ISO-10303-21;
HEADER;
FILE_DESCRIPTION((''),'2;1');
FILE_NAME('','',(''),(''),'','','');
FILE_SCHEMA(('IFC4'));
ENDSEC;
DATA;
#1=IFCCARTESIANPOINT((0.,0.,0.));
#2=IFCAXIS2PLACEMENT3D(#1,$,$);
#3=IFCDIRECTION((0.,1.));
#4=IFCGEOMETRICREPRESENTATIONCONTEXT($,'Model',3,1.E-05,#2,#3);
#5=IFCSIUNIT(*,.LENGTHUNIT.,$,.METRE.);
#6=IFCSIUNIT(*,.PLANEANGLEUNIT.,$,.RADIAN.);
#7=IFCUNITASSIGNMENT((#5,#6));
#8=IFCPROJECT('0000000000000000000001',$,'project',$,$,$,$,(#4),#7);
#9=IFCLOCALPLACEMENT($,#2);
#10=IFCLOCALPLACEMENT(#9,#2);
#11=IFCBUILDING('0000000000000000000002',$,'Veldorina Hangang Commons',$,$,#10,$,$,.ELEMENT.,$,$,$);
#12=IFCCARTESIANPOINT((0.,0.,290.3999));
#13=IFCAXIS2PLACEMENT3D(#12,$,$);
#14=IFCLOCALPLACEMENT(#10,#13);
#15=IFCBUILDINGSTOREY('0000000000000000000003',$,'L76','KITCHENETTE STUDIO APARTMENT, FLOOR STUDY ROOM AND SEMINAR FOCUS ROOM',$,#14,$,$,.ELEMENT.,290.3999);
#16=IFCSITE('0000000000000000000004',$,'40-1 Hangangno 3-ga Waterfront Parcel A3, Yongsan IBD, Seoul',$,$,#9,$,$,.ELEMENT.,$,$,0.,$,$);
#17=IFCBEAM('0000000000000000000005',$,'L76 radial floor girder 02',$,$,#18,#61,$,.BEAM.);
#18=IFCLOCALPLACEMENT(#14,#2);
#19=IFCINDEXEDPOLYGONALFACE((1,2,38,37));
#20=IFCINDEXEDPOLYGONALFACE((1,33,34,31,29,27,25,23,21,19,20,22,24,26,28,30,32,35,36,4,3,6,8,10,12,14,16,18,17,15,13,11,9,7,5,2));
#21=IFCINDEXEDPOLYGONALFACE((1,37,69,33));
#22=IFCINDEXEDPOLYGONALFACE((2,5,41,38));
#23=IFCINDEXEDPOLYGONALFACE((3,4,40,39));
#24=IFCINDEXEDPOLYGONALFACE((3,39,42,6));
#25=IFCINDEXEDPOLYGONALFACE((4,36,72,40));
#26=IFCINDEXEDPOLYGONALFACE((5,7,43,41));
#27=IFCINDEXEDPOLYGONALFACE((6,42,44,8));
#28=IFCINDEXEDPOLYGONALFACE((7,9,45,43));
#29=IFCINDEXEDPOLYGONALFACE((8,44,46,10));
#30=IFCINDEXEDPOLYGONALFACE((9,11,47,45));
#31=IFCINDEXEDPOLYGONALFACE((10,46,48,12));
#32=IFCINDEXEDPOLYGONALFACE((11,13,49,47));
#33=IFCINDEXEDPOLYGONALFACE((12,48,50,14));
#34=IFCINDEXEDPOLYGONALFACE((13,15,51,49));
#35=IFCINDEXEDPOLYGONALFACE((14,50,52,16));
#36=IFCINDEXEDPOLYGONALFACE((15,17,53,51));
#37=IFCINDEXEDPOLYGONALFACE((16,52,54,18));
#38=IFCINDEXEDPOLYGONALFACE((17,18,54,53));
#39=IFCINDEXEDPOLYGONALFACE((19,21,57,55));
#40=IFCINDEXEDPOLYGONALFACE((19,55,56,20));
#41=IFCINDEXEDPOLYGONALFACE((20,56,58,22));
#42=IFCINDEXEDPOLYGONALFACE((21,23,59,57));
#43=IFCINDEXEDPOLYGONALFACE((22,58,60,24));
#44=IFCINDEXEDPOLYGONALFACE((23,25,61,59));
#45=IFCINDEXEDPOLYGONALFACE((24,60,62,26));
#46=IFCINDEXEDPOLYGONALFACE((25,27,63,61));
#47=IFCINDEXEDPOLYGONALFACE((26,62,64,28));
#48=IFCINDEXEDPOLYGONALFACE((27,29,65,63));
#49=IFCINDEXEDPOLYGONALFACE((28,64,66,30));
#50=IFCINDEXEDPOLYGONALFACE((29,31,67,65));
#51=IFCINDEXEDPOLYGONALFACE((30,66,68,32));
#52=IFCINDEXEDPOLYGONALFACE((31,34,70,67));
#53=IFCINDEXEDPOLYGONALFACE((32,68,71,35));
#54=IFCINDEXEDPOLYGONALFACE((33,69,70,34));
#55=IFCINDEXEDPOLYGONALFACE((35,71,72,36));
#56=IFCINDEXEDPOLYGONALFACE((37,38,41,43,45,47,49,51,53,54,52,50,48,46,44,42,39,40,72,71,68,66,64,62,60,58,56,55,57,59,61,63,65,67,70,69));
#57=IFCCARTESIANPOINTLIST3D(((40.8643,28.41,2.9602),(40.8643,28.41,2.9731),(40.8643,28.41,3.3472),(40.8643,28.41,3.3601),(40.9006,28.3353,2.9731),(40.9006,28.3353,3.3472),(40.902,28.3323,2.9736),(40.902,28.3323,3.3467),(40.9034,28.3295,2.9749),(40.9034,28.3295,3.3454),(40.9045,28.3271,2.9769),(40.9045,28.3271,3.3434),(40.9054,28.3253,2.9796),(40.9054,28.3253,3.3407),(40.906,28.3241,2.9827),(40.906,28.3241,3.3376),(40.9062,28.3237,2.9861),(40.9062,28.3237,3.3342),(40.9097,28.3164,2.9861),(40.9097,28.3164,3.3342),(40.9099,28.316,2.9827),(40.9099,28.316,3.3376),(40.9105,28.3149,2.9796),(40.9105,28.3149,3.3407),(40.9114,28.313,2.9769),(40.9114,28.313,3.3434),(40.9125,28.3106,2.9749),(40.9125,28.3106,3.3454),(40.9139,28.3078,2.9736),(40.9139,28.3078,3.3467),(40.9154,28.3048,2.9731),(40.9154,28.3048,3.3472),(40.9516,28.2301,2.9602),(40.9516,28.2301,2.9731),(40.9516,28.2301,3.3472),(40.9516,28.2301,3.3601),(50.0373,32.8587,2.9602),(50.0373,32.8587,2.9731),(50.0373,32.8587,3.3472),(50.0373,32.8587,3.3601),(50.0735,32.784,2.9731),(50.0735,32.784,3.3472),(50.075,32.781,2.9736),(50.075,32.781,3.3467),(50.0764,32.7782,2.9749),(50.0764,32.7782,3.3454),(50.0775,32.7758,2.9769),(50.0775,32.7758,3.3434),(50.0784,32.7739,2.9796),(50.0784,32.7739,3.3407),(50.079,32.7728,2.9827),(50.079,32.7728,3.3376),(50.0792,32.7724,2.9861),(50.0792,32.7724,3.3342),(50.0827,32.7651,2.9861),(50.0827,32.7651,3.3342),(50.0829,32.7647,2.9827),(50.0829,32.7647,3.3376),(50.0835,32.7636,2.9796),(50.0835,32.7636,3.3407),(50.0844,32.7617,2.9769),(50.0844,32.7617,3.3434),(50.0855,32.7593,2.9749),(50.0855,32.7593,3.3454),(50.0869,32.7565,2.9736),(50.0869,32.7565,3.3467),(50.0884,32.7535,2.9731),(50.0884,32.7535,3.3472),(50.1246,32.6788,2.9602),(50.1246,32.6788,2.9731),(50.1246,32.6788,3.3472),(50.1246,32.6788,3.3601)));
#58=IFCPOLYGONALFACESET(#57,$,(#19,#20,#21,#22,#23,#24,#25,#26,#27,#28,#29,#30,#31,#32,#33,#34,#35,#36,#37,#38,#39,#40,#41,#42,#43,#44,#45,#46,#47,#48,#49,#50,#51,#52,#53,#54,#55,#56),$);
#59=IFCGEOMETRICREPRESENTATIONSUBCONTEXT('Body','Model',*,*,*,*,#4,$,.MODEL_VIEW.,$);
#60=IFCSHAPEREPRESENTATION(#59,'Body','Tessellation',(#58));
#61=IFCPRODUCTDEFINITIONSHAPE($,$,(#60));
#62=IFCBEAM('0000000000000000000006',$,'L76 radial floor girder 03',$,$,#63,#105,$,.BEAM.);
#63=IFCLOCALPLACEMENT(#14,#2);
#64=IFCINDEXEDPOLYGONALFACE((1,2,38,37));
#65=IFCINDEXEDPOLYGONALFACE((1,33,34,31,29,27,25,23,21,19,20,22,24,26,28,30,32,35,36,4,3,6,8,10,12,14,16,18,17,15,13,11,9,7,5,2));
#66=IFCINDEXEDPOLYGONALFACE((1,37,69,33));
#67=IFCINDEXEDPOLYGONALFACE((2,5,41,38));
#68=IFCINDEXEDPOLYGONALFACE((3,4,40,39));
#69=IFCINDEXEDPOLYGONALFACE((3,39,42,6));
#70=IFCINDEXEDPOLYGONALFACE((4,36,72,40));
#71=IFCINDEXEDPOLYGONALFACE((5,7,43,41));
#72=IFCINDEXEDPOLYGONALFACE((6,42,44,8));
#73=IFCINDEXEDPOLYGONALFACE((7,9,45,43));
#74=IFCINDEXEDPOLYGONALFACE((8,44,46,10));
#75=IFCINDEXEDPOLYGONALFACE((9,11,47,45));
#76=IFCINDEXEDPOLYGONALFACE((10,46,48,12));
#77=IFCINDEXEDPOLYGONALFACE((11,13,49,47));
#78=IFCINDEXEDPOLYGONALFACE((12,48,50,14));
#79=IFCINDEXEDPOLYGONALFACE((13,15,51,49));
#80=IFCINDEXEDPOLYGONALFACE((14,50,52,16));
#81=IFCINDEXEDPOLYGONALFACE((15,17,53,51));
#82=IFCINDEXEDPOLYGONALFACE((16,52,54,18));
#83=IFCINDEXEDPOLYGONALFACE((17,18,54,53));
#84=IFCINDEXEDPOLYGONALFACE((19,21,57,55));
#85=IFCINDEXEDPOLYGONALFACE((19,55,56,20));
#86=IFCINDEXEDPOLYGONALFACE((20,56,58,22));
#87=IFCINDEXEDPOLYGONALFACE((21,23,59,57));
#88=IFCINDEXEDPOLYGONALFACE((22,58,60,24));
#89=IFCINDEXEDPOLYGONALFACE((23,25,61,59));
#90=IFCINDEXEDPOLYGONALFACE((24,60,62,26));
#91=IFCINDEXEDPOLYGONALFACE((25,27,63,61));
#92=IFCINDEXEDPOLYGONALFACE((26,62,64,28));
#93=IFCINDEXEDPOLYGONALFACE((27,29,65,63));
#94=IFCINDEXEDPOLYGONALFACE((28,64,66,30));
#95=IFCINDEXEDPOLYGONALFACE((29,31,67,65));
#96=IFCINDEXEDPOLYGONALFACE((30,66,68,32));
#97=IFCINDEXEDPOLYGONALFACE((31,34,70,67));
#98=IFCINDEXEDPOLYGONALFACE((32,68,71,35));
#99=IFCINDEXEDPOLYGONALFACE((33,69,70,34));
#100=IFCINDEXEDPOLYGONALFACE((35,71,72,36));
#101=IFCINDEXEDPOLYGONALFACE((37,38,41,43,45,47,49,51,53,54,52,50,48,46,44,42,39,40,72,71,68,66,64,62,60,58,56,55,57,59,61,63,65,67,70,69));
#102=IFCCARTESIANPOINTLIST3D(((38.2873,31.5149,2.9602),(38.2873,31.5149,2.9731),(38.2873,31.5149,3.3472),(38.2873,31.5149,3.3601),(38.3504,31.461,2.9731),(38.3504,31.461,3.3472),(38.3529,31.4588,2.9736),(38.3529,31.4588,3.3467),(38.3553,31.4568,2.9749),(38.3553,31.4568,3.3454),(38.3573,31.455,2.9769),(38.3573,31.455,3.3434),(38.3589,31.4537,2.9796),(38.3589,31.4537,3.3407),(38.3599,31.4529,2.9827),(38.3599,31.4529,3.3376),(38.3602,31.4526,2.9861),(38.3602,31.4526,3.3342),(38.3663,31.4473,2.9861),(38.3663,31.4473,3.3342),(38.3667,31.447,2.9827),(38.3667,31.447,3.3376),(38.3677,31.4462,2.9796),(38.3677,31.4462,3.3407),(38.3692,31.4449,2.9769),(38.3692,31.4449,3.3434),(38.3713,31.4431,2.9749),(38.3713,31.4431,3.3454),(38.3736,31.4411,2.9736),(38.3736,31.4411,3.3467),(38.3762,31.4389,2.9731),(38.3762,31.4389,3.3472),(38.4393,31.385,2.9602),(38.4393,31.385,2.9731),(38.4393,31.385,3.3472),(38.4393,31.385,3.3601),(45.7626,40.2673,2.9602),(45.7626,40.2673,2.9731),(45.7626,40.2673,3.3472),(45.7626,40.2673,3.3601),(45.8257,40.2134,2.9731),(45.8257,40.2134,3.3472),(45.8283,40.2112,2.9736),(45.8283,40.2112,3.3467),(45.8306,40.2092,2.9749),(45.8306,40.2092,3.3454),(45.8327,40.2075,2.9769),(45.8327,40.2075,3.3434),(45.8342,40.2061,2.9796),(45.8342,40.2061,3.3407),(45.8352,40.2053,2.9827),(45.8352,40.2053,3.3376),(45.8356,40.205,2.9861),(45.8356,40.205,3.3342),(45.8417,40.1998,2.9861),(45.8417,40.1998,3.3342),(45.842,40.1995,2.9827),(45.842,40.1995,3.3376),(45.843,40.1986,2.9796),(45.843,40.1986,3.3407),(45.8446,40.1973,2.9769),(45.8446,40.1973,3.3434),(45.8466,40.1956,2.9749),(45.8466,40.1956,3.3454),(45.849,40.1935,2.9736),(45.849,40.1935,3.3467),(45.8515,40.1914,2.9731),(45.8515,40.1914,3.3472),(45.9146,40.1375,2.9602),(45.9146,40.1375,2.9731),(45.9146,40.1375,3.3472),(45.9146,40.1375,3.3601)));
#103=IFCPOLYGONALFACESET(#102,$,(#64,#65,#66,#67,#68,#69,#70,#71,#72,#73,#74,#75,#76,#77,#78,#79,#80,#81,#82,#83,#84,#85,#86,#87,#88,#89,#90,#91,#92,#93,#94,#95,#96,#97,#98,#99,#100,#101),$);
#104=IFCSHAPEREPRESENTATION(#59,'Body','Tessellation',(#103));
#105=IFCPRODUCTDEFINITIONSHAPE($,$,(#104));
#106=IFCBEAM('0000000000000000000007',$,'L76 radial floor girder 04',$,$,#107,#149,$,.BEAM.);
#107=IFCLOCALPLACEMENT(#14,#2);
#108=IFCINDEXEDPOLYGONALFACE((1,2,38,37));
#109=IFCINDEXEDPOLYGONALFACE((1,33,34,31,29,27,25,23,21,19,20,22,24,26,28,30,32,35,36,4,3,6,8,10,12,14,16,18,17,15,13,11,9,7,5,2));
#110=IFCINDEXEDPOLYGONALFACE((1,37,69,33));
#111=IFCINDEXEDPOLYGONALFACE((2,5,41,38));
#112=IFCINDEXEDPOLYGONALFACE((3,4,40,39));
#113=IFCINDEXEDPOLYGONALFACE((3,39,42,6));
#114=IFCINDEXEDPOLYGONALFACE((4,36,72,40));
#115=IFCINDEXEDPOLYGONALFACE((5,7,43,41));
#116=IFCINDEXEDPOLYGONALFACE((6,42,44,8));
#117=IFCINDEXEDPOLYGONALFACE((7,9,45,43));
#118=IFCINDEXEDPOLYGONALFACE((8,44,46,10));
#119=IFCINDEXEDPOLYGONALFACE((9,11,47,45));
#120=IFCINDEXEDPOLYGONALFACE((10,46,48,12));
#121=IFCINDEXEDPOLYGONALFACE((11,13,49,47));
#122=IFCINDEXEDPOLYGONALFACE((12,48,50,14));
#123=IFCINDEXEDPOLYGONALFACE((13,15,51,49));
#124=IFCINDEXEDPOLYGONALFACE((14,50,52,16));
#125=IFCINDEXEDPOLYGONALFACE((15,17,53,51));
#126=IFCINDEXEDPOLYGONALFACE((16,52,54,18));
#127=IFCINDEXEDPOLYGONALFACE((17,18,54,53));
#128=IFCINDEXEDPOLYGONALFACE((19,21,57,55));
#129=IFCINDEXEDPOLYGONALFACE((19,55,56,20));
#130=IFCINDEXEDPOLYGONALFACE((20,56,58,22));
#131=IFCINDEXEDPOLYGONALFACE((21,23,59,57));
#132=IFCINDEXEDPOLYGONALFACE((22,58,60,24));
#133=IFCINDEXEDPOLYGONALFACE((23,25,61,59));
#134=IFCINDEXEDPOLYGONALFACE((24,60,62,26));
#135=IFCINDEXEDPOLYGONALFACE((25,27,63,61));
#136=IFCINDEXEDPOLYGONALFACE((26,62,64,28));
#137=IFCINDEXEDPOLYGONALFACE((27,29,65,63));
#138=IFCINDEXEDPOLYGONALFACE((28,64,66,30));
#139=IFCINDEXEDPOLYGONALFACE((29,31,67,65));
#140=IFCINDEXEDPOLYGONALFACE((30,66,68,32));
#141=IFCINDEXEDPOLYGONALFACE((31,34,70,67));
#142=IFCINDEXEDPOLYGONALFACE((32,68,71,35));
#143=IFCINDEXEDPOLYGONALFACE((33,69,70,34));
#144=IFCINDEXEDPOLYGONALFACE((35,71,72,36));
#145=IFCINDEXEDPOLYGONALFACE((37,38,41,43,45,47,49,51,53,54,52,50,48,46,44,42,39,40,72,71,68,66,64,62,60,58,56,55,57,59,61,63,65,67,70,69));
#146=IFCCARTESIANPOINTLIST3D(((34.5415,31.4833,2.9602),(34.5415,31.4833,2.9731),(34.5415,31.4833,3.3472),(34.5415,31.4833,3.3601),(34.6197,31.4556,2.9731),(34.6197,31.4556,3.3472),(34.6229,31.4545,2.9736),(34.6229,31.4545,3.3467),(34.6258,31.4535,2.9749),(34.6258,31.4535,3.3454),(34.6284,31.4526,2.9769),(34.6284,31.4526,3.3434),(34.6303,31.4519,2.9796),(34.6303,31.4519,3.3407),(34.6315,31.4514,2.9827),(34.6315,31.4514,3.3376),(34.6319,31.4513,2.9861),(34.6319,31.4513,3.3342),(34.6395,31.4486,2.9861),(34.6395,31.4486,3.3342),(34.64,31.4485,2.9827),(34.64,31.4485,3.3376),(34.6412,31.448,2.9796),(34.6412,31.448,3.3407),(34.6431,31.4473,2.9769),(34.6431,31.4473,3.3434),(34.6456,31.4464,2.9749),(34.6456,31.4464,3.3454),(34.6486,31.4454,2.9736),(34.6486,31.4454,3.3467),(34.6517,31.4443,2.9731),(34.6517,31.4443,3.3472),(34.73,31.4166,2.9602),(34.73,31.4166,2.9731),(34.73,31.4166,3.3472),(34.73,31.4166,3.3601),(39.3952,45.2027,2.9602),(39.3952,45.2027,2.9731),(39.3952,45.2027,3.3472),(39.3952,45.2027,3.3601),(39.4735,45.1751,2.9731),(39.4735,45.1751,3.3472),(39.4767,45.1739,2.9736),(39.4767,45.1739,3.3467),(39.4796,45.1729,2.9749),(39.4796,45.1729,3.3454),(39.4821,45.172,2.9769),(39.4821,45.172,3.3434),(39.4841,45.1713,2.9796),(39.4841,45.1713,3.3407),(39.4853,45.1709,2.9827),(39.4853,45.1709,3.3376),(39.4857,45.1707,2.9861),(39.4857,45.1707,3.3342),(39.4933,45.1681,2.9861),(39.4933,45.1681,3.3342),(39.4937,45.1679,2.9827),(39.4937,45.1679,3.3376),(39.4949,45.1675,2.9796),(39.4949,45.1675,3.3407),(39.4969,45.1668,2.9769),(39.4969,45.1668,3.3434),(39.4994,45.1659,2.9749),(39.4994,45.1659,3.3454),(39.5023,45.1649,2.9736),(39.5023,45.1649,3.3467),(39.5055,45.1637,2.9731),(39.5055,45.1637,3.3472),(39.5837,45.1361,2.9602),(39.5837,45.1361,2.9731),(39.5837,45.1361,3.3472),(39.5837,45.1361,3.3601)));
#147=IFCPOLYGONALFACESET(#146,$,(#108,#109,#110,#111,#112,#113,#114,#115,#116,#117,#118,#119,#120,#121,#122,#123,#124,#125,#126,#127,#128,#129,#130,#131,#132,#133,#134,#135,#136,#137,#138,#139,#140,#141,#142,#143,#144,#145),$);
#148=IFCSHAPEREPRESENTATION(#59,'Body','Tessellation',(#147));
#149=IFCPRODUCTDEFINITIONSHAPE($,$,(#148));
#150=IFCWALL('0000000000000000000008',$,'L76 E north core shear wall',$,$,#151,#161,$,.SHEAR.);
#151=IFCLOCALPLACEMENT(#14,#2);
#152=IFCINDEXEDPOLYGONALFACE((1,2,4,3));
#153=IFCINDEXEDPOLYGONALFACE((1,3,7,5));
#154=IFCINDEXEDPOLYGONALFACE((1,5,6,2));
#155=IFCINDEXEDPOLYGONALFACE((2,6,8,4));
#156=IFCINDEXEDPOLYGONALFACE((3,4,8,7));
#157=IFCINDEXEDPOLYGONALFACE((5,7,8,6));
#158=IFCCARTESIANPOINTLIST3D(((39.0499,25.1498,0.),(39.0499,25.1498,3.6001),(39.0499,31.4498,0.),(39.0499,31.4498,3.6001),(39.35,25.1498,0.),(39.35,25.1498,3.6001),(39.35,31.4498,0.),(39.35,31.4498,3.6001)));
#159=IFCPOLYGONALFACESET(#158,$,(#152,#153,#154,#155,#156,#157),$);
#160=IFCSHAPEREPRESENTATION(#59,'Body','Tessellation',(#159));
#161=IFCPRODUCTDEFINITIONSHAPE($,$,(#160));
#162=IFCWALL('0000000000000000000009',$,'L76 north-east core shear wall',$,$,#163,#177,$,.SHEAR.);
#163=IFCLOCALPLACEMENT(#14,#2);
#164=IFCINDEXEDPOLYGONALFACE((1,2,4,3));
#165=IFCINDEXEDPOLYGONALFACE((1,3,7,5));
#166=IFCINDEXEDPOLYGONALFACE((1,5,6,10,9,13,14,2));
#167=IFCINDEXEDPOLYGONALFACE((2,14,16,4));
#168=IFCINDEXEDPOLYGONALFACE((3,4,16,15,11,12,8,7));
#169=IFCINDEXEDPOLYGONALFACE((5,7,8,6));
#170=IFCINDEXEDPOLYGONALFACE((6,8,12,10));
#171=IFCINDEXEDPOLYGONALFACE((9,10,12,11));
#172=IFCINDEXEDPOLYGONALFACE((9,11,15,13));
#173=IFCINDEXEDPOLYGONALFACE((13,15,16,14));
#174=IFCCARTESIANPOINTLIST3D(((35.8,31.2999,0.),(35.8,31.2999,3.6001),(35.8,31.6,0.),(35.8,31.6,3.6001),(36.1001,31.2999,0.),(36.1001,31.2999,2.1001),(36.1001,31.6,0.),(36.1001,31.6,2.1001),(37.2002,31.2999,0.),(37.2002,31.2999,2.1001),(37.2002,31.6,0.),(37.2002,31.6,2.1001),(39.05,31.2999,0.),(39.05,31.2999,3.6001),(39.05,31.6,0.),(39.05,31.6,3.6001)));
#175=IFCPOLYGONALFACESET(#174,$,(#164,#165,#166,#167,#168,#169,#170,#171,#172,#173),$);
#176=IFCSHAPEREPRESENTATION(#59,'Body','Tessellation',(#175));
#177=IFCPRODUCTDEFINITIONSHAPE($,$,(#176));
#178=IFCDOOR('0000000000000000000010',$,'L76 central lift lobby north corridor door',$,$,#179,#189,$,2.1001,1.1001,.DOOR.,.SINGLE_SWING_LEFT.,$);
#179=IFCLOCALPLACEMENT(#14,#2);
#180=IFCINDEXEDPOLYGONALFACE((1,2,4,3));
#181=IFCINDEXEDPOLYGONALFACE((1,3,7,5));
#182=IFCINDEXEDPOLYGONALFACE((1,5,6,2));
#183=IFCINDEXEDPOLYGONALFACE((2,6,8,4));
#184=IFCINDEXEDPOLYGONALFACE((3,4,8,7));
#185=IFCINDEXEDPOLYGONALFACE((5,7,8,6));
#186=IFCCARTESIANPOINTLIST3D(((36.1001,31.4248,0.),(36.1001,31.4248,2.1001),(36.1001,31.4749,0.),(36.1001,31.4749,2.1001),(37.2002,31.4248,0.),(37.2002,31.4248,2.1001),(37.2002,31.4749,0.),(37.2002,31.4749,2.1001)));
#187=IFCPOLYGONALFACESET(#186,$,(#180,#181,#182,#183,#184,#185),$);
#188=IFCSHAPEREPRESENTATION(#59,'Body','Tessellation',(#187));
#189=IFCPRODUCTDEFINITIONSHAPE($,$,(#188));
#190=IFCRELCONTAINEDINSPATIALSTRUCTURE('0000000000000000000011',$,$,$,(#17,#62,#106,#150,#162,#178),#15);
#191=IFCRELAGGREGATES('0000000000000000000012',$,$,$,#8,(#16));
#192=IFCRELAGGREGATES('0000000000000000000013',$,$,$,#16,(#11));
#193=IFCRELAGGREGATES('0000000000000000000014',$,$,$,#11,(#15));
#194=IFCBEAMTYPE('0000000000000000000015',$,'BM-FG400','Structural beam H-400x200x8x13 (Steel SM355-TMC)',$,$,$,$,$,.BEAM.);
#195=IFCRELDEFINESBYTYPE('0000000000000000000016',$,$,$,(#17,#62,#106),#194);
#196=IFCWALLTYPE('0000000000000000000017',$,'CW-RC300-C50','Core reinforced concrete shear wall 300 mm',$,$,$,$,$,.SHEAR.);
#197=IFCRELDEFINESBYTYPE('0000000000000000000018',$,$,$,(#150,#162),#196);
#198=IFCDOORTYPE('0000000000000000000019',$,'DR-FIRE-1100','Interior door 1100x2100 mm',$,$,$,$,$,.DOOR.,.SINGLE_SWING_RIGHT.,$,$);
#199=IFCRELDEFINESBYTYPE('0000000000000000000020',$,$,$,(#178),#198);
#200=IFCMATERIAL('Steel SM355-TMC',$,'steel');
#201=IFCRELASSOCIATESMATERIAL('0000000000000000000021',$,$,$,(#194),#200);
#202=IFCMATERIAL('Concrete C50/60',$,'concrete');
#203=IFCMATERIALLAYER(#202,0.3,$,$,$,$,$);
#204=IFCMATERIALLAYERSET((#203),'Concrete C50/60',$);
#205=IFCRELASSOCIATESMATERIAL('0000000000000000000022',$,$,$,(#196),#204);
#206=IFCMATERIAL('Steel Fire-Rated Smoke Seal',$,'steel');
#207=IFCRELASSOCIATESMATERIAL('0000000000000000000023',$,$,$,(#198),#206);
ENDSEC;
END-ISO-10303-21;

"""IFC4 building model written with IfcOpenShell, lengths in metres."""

from ifc_helpers import new_model, si_unit, direction, frame, frame_2d, origin, origin_2d, place, context, subcontext, project, spatial, rectangle, i_section, extrude, material, layer, layer_set, material_profile, profile_set, type_object, element, fill, save


model = new_model("IFC4")

# Units and contexts
model_context = context("Model", 3, precision=1e-05, world=origin(), true_north=direction((0.0, 1.0)))
body_context = subcontext(model_context, "Body", "Model", "MODEL_VIEW")
ifc_project = project(units=[si_unit("LENGTHUNIT", "METRE"), si_unit("PLANEANGLEUNIT", "RADIAN")], contexts=[model_context])

# Site, building, storey
site_placement = place(None, origin())
site = spatial("IfcSite", under=ifc_project, at=site_placement, Name="40-1 Hangangno 3-ga Waterfront Parcel A3, Yongsan IBD, Seoul", CompositionType="ELEMENT", RefElevation=0.0)
building_placement = place(site_placement, origin())
building = spatial("IfcBuilding", under=site, at=building_placement, Name="Veldorina Hangang Commons", CompositionType="ELEMENT")
storey_placement = place(building_placement, frame((0.0, 0.0, 290.3999)))
storey = spatial("IfcBuildingStorey", under=building, at=storey_placement, Name="L76", Description="KITCHENETTE STUDIO APARTMENT, FLOOR STUDY ROOM AND SEMINAR FOCUS ROOM", CompositionType="ELEMENT", Elevation=290.3999)

# Beams
ifc_material_1 = material(Name="Steel SM355-TMC", Category="steel")
ifc_material_profile = material_profile(ifc_material_1, i_section(OverallWidth=0.2, OverallDepth=0.3999, WebThickness=0.0081, FlangeThickness=0.0129, FilletRadius=0.0129, at=origin_2d()), Name="H-400x200x8x13")
ifc_profile_set = profile_set([ifc_material_profile], Name="Steel SM355-TMC")
beam_type = type_object("IfcBeamType", Name="BM-FG400", Description="Structural beam H-400x200x8x13 (Steel SM355-TMC)", PredefinedType="BEAM", material=ifc_profile_set)
beam_1_placement = place(storey_placement, frame((40.908, 28.3201, 3.1602), z_axis=(0.899769, 0.436366, 0.0), x_axis=(-0.436366, 0.899769, 0.0)))
element("IfcBeam", 1, at=beam_1_placement, inside=storey, type_object=beam_type, Name="L76 radial floor girder 02", PredefinedType="BEAM", context=body_context, shape_type="SweptSolid", body=[
    extrude(i_section(OverallWidth=0.2, OverallDepth=0.3999, WebThickness=0.0081, FlangeThickness=0.0129, FilletRadius=0.0129, at=origin_2d()), origin(), (0.0, 0.0, 1.0), 10.1948),
])
beam_2_placement = place(storey_placement, frame((38.3633, 31.45, 3.1602), z_axis=(0.649451, 0.760404, 0.0), x_axis=(-0.760404, 0.649451, 0.0)))
element("IfcBeam", 2, at=beam_2_placement, inside=storey, type_object=beam_type, Name="L76 radial floor girder 03", PredefinedType="BEAM", context=body_context, shape_type="SweptSolid", body=[
    extrude(i_section(OverallWidth=0.2, OverallDepth=0.3999, WebThickness=0.0081, FlangeThickness=0.0129, FilletRadius=0.0129, at=origin_2d()), origin(), (0.0, 0.0, 1.0), 11.5103),
])
beam_3_placement = place(storey_placement, frame((34.6357, 31.45, 3.1602), z_axis=(0.333528, 0.94274, 0.0), x_axis=(-0.94274, 0.333528, 0.0)))
element("IfcBeam", 3, at=beam_3_placement, inside=storey, type_object=beam_type, Name="L76 radial floor girder 04", PredefinedType="BEAM", context=body_context, shape_type="SweptSolid", body=[
    extrude(i_section(OverallWidth=0.2, OverallDepth=0.3999, WebThickness=0.0081, FlangeThickness=0.0129, FilletRadius=0.0129, at=origin_2d()), origin(), (0.0, 0.0, 1.0), 14.5527),
])

# Wall
ifc_material_2 = material(Name="Concrete C50/60", Category="concrete")
ifc_layer_1 = layer(ifc_material_2, 0.3)
ifc_layer_set_1 = layer_set([ifc_layer_1], Name="Concrete C50/60")
wall_type_1 = type_object("IfcWallType", Name="CW-RC300-C50", Description="Core reinforced concrete shear wall 300 mm", PredefinedType="SHEAR", material=ifc_layer_set_1)
wall_1_placement = place(storey_placement, frame((39.2, 25.1499, 0.0), z_axis=(0.0, 0.0, 1.0), x_axis=(0.0, 1.0, 0.0)))
element("IfcWall", 4, at=wall_1_placement, inside=storey, type_object=wall_type_1, Name="L76 E north core shear wall", PredefinedType="SHEAR", context=body_context, shape_type="SweptSolid", body=[
    extrude(rectangle(XDim=6.3, YDim=0.3, at=frame_2d((3.1499, 0.0))), origin(), (0.0, 0.0, 1.0), 3.6001),
])

# Wall, opening, door
wall_2_placement = place(storey_placement, frame((35.8, 31.45, 0.0), z_axis=(0.0, 0.0, 1.0), x_axis=(1.0, 0.0, 0.0)))
wall_2 = element("IfcWall", 5, at=wall_2_placement, inside=storey, type_object=wall_type_1, Name="L76 north-east core shear wall", PredefinedType="SHEAR", context=body_context, shape_type="SweptSolid", body=[
    extrude(rectangle(XDim=3.25, YDim=0.3, at=frame_2d((1.625, 0.0))), origin(), (0.0, 0.0, 1.0), 3.6001),
])
opening_1_placement = place(wall_2_placement, frame((0.3, 0.0, 0.0)))
opening_1 = element("IfcOpeningElement", 6, at=opening_1_placement, cuts=wall_2, PredefinedType="OPENING", context=body_context, shape_type="SweptSolid", body=[
    extrude(rectangle(XDim=1.1001, YDim=2.1001, at=frame_2d((0.55, 1.05))), frame((0.0, 0.1602, 0.0), z_axis=(0.0, -1.0, 0.0), x_axis=(1.0, 0.0, 0.0)), (0.0, 0.0, 1.0), 0.3201),
])
ifc_material_3 = material(Name="Steel Fire-Rated Smoke Seal", Category="steel")
door_type_1 = type_object("IfcDoorType", Name="DR-FIRE-1100", Description="Interior door 1100x2100 mm", OperationType="SINGLE_SWING_RIGHT", PredefinedType="DOOR", material=ifc_material_3)
door_1_placement = place(opening_1_placement, origin())
door_1 = element("IfcDoor", 7, at=door_1_placement, inside=storey, type_object=door_type_1, Name="L76 central lift lobby north corridor door", OperationType="SINGLE_SWING_LEFT", OverallHeight=2.1001, OverallWidth=1.1001, PredefinedType="DOOR", context=body_context, shape_type="SweptSolid", body=[
    extrude(rectangle(XDim=1.1001, YDim=2.1001, at=frame_2d((0.55, 1.05))), frame((0.0, 0.0249, 0.0), z_axis=(0.0, -1.0, 0.0), x_axis=(1.0, 0.0, 0.0)), (0.0, 0.0, 1.0), 0.05),
])
fill(opening_1, door_1)

save(model, "model.ifc")
